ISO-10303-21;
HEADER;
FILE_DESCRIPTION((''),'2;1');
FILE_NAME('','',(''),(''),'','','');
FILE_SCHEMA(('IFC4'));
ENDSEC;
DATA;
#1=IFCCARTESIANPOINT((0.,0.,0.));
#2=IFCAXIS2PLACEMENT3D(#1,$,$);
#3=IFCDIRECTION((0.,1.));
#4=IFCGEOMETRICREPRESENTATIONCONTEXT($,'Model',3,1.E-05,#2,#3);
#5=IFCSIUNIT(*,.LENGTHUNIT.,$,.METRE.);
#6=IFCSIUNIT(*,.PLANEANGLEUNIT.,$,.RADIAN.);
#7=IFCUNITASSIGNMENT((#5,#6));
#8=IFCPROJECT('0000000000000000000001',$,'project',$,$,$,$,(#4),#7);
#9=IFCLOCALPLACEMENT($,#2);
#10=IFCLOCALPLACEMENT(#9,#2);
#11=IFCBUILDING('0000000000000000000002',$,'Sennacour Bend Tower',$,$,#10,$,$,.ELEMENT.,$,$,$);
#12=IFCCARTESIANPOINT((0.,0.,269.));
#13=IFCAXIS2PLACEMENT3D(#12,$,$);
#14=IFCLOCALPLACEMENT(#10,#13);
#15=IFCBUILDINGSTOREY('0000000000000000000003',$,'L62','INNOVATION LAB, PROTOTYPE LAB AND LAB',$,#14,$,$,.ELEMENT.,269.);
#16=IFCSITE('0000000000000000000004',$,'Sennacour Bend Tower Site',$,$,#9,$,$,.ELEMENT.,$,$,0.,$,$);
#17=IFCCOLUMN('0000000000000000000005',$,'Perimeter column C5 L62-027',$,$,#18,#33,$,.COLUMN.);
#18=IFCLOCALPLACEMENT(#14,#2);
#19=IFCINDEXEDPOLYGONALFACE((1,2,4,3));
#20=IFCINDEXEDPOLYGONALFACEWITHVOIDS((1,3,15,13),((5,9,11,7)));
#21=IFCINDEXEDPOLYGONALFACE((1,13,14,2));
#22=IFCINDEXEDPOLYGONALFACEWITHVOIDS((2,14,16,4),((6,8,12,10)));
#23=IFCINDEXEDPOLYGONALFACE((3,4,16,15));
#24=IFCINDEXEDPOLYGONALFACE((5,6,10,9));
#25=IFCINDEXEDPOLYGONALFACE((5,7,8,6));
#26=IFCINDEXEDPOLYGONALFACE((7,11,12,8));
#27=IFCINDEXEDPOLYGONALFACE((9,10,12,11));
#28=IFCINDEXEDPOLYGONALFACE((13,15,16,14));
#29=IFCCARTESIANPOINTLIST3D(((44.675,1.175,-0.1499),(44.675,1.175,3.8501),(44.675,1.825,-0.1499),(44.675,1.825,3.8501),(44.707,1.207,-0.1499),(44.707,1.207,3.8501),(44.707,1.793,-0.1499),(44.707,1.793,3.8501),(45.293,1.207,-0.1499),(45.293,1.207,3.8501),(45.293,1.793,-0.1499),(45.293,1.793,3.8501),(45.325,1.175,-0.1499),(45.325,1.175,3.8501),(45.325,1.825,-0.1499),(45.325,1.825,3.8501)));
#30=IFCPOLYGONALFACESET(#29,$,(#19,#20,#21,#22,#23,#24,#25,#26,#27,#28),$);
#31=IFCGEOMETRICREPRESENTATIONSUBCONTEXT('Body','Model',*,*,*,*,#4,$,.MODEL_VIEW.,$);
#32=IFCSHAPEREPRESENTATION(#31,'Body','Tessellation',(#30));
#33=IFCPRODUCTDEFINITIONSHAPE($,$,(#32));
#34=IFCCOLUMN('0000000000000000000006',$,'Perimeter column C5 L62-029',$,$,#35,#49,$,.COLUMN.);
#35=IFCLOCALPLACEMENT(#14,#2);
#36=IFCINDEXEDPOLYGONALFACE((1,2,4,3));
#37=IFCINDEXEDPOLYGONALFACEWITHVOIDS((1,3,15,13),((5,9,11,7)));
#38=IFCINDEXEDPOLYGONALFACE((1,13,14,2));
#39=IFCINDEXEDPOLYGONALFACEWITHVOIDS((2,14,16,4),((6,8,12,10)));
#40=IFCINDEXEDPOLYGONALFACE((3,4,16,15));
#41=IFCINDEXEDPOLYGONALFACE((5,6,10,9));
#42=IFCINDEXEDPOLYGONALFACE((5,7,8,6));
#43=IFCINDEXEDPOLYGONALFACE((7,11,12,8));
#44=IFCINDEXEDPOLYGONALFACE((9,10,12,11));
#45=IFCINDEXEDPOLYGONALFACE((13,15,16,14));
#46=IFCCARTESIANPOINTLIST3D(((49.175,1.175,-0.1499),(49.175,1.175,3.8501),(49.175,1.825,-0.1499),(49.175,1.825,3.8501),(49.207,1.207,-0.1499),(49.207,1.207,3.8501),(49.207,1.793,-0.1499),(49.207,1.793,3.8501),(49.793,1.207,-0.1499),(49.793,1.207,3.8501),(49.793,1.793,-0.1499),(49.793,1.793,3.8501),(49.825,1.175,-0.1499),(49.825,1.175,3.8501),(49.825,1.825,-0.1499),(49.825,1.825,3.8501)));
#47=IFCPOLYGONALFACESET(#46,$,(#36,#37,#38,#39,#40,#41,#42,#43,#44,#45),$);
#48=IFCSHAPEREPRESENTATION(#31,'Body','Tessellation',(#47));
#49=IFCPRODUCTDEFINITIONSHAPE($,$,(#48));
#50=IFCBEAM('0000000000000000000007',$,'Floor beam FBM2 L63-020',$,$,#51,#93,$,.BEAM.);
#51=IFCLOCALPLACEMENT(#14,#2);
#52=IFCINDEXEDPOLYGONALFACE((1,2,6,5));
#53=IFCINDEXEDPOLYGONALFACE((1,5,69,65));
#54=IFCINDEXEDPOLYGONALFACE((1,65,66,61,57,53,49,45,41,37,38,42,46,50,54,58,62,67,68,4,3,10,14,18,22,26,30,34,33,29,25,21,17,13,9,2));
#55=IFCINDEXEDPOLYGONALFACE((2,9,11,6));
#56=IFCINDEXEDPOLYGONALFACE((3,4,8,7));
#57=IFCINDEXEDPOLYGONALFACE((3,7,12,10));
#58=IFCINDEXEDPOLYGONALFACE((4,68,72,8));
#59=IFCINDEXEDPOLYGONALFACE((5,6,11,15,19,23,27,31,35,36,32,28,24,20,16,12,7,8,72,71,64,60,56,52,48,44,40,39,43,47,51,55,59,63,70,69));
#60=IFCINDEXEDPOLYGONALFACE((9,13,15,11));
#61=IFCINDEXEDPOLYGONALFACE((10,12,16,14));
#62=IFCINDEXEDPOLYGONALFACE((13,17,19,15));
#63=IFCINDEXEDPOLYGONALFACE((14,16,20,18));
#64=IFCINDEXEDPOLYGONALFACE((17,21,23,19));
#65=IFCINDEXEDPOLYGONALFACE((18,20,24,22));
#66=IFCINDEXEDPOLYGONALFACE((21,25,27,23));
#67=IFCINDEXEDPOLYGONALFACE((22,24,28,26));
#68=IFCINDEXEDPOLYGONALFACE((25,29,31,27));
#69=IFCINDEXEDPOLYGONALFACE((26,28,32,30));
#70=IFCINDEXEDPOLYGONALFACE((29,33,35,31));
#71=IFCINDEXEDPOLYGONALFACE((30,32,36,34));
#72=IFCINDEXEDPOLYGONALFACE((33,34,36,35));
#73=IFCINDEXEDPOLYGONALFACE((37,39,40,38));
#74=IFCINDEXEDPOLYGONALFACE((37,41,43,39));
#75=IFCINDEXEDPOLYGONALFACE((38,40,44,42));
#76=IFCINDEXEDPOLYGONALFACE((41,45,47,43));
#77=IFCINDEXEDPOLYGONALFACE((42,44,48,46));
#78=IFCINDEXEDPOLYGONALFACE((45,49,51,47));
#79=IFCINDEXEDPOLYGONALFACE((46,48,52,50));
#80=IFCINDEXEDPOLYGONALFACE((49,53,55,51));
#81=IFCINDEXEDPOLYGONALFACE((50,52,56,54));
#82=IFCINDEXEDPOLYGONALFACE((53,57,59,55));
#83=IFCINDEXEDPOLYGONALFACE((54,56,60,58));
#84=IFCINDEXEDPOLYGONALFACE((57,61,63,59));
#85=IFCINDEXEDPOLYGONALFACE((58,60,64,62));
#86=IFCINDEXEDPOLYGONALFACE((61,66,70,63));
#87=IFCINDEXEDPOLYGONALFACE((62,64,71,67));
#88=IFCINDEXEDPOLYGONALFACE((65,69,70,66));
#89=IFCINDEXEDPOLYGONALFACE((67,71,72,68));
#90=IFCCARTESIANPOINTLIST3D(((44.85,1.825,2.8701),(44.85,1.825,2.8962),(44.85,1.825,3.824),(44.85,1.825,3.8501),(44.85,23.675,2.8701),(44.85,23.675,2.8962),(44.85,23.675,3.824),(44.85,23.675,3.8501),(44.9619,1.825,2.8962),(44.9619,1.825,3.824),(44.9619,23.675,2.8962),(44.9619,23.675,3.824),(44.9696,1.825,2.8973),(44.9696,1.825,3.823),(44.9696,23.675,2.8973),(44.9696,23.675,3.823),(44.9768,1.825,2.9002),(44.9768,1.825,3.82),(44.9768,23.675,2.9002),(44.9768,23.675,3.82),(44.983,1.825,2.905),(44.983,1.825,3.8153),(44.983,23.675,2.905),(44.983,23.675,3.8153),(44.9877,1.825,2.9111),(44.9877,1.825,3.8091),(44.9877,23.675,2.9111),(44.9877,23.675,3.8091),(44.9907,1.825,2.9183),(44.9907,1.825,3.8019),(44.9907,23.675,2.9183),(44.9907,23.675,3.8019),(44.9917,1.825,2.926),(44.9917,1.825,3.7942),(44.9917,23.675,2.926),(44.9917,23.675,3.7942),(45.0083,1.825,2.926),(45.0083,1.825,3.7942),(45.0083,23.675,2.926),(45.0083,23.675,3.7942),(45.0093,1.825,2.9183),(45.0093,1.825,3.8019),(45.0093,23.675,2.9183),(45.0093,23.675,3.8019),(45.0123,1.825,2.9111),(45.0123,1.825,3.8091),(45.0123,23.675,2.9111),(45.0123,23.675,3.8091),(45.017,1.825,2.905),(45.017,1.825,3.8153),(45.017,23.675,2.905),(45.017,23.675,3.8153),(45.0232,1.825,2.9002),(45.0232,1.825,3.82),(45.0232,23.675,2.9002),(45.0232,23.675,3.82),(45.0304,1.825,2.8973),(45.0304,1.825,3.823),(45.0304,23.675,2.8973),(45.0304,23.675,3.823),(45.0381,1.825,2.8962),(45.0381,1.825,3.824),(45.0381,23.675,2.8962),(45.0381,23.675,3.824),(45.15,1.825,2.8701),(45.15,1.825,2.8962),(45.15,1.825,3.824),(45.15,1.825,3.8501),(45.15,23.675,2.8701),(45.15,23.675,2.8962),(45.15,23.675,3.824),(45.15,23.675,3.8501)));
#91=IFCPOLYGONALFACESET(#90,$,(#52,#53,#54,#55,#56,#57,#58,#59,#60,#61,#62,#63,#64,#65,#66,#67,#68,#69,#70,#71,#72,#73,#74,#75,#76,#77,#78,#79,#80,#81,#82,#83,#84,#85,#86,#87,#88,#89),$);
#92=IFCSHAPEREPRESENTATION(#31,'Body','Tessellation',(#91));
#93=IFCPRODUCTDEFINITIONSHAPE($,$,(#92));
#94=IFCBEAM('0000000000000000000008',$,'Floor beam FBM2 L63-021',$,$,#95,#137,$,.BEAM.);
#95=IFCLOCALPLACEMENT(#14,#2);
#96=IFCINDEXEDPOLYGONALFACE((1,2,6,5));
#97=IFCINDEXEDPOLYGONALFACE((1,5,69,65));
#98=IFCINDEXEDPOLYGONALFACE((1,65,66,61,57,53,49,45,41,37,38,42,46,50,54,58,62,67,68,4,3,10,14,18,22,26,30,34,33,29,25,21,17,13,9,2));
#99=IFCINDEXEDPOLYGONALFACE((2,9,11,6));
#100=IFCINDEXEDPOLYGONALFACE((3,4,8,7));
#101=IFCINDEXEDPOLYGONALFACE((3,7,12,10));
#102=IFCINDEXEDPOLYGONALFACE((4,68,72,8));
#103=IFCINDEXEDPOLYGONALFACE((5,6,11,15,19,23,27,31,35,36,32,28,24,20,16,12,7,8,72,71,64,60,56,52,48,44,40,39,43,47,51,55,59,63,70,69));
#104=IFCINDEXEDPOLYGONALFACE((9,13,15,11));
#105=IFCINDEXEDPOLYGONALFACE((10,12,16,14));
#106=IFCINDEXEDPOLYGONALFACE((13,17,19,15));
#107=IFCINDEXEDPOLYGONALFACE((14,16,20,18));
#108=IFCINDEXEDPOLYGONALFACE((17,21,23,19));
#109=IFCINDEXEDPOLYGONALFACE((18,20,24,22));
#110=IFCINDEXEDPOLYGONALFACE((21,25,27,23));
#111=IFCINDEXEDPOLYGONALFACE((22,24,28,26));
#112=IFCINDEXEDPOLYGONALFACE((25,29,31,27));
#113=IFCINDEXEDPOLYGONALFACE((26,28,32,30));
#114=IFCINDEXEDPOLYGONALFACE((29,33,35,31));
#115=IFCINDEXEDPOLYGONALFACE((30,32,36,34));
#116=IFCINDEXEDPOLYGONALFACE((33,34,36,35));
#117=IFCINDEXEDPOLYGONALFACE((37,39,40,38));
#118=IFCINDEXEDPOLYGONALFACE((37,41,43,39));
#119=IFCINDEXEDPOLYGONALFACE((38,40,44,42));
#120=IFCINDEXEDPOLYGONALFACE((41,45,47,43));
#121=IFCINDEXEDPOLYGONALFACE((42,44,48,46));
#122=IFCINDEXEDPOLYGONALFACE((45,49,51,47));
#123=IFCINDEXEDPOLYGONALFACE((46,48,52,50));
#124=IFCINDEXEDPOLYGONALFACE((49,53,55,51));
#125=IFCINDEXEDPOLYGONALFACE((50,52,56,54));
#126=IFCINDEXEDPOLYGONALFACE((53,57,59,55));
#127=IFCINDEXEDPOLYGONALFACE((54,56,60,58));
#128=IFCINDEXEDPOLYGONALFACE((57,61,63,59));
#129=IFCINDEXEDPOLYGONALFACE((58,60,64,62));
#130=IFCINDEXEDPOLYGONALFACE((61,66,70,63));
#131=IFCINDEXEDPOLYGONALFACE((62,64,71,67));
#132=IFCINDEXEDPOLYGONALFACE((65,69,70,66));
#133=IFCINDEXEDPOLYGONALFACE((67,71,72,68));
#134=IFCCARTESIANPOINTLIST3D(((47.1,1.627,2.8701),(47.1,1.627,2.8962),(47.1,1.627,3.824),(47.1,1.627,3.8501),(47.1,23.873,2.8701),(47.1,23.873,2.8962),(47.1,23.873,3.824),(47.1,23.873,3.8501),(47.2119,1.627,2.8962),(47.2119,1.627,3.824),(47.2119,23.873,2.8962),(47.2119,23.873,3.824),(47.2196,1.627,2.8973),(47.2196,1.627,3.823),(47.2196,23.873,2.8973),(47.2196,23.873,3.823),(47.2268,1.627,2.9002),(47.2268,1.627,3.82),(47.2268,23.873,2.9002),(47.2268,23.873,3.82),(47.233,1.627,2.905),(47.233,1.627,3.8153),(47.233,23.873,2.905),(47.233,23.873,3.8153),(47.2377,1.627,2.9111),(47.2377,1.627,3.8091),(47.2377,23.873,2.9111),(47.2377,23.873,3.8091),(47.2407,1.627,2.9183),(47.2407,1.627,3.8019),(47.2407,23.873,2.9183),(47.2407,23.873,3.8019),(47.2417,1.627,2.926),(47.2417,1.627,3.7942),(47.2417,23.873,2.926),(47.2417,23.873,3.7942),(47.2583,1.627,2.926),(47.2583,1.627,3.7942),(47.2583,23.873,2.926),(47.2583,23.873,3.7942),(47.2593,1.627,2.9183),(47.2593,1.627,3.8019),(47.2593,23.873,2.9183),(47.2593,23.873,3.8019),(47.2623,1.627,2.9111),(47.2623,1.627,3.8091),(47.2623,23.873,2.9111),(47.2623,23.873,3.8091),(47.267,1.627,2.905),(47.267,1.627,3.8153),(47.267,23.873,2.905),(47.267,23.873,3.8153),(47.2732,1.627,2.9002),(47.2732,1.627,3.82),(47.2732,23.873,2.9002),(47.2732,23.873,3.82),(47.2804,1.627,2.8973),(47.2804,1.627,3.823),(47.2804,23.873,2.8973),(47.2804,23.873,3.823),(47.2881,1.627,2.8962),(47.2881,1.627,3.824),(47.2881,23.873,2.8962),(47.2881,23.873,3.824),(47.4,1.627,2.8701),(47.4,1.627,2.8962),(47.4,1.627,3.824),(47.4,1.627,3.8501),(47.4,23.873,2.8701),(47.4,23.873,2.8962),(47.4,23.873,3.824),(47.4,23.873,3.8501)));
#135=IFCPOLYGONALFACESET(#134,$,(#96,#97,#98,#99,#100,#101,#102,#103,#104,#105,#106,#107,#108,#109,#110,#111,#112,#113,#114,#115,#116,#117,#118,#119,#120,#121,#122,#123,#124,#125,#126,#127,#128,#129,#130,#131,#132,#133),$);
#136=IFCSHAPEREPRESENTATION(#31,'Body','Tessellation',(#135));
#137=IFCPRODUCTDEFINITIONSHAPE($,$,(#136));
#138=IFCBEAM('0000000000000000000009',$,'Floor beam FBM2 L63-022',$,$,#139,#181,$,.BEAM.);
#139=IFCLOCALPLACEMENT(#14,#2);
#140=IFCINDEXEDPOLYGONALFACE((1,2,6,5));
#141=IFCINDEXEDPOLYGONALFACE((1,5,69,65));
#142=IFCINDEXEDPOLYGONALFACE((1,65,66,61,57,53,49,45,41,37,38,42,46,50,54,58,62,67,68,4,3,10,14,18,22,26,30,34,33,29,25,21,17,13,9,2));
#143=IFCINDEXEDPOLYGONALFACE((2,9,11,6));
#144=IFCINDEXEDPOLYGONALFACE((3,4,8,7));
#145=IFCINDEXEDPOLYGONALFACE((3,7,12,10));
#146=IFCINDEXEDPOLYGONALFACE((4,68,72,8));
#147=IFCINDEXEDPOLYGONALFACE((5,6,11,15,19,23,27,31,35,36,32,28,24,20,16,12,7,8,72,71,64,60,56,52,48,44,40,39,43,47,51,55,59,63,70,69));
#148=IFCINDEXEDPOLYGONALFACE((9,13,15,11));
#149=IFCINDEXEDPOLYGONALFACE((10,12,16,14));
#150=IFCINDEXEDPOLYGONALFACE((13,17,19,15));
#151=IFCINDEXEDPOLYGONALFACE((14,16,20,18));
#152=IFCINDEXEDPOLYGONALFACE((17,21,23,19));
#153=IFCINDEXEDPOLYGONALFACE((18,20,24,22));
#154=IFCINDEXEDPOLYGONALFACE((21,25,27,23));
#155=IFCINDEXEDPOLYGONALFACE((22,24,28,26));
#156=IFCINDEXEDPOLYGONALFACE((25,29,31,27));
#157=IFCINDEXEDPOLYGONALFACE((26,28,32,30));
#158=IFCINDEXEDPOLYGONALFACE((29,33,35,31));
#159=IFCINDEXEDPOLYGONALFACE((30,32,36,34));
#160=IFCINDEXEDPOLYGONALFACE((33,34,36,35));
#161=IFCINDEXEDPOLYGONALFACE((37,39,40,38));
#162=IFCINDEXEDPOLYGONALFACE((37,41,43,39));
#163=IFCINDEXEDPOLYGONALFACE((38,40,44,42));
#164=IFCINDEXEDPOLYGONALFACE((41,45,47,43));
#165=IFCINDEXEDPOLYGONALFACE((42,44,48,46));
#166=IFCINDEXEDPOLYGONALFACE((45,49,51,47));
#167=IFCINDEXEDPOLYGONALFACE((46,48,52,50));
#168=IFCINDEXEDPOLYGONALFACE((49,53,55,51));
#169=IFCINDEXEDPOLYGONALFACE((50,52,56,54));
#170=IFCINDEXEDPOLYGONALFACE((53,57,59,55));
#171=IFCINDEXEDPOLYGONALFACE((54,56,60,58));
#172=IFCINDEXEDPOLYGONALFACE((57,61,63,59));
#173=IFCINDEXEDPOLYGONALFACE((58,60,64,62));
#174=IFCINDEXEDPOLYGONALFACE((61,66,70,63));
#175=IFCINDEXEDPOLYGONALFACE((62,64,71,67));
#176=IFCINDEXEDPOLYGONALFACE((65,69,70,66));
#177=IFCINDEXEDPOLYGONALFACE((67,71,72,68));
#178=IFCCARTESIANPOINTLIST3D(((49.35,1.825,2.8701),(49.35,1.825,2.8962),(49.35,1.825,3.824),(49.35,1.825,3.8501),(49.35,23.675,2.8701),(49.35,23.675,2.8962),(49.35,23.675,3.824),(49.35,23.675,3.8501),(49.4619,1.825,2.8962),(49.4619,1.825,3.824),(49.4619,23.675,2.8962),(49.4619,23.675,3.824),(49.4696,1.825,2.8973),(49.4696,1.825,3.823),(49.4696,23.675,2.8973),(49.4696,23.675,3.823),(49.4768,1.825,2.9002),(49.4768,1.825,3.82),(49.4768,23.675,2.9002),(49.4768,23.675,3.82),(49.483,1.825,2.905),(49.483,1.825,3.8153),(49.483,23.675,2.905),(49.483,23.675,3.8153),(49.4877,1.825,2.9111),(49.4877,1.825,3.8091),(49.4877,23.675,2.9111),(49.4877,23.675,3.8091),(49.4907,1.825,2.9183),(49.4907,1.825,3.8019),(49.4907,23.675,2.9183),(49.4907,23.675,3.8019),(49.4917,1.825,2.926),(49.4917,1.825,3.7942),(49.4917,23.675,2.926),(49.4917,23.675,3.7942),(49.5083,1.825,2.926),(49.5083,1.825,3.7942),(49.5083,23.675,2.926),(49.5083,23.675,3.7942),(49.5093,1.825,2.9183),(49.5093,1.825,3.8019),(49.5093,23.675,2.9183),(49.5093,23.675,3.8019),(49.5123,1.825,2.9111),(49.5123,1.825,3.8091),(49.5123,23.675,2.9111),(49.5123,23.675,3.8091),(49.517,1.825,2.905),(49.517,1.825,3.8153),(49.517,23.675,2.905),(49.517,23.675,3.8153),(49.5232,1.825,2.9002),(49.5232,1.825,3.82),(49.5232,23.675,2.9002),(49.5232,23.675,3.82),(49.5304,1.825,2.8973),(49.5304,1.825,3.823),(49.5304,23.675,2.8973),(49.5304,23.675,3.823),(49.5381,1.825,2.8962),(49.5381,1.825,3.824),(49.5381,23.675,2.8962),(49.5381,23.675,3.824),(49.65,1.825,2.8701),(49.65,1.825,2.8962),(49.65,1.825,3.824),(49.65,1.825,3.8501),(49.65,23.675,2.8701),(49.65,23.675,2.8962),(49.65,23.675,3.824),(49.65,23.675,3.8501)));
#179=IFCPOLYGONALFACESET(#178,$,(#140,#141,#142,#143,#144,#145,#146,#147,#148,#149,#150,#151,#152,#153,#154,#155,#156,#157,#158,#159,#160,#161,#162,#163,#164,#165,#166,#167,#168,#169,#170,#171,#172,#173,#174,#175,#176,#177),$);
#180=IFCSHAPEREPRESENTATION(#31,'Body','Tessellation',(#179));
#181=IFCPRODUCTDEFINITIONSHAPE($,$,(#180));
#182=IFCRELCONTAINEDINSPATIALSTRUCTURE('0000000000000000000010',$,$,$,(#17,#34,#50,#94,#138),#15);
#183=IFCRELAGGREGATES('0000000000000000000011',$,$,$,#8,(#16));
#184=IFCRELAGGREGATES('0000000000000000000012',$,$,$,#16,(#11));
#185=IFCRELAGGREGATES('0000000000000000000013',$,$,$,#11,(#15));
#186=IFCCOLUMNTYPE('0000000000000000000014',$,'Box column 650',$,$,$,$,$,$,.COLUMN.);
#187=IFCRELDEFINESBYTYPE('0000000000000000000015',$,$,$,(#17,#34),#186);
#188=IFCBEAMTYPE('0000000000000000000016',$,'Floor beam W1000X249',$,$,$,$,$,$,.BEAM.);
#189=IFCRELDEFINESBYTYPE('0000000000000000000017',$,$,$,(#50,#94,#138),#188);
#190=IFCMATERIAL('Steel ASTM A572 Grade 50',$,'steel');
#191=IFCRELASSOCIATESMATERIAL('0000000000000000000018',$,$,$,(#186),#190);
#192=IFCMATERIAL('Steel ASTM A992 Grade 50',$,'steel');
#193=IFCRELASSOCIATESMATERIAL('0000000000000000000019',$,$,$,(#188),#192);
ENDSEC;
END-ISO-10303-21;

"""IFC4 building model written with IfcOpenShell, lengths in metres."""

from ifc_helpers import new_model, si_unit, direction, frame, origin, origin_2d, place, context, subcontext, project, spatial, hollow_rectangle, i_section, extrude, material, material_profile, profile_set, type_object, element, save


model = new_model("IFC4")

# Units and contexts
model_context = context("Model", 3, precision=1e-05, world=origin(), true_north=direction((0.0, 1.0)))
body_context = subcontext(model_context, "Body", "Model", "MODEL_VIEW")
ifc_project = project(units=[si_unit("LENGTHUNIT", "METRE"), si_unit("PLANEANGLEUNIT", "RADIAN")], contexts=[model_context])

# Site, building, storey
site_placement = place(None, origin())
site = spatial("IfcSite", under=ifc_project, at=site_placement, Name="Sennacour Bend Tower Site", CompositionType="ELEMENT", RefElevation=0.0)
building_placement = place(site_placement, origin())
building = spatial("IfcBuilding", under=site, at=building_placement, Name="Sennacour Bend Tower", CompositionType="ELEMENT")
storey_placement = place(building_placement, frame((0.0, 0.0, 269.0)))
storey = spatial("IfcBuildingStorey", under=building, at=storey_placement, Name="L62", Description="INNOVATION LAB, PROTOTYPE LAB AND LAB", CompositionType="ELEMENT", Elevation=269.0)

# Columns
ifc_material_1 = material(Name="Steel ASTM A572 Grade 50", Category="steel")
ifc_material_profile_1 = material_profile(ifc_material_1, hollow_rectangle(XDim=0.6499, YDim=0.6499, WallThickness=0.032, at=origin_2d()), Name="Steel ASTM A572 Grade 50", Category="steel")
ifc_profile_set_1 = profile_set([ifc_material_profile_1], Name="Steel ASTM A572 Grade 50")
column_type = type_object("IfcColumnType", Name="Box column 650", PredefinedType="COLUMN", material=ifc_profile_set_1)
for number, where, z_axis, x_axis, name in (
    (1, (45.0, 1.5, -0.1499), (0.0, 0.0, 1.0), (1.0, 0.0, 0.0), "Perimeter column C5 L62-027"),
    (2, (49.5, 1.5, -0.1499), (0.0, 0.0, 1.0), (1.0, 0.0, 0.0), "Perimeter column C5 L62-029"),
):
    element("IfcColumn", number, at=place(storey_placement, frame(where, z_axis=z_axis, x_axis=x_axis)), inside=storey, type_object=column_type, Name=name, PredefinedType="COLUMN", context=body_context, shape_type="SweptSolid", body=[
        extrude(hollow_rectangle(XDim=0.6499, YDim=0.6499, WallThickness=0.032, at=origin_2d()), origin(), (0.0, 0.0, 1.0), 4.0),
    ])

# Beams
ifc_material_2 = material(Name="Steel ASTM A992 Grade 50", Category="steel")
ifc_material_profile_2 = material_profile(ifc_material_2, i_section(OverallWidth=0.3, OverallDepth=0.98, WebThickness=0.0166, FlangeThickness=0.0261, FilletRadius=0.0298, at=origin_2d()), Name="Steel ASTM A992 Grade 50", Category="steel")
ifc_profile_set_2 = profile_set([ifc_material_profile_2], Name="Steel ASTM A992 Grade 50")
beam_type_1 = type_object("IfcBeamType", Name="Floor beam W1000X249", PredefinedType="BEAM", material=ifc_profile_set_2)
beam_1_placement = place(storey_placement, frame((45.0, 1.825, 3.3601), z_axis=(0.0, 1.0, 0.0), x_axis=(-1.0, 0.0, 0.0)))
element("IfcBeam", 3, at=beam_1_placement, inside=storey, type_object=beam_type_1, Name="Floor beam FBM2 L63-020", PredefinedType="BEAM", context=body_context, shape_type="SweptSolid", body=[
    extrude(i_section(OverallWidth=0.3, OverallDepth=0.98, WebThickness=0.0166, FlangeThickness=0.0261, FilletRadius=0.0298, at=origin_2d()), origin(), (0.0, 0.0, 1.0), 21.8501),
])
beam_2_placement = place(storey_placement, frame((47.25, 1.627, 3.3601), z_axis=(0.0, 1.0, 0.0), x_axis=(-1.0, 0.0, 0.0)))
element("IfcBeam", 4, at=beam_2_placement, inside=storey, type_object=beam_type_1, Name="Floor beam FBM2 L63-021", PredefinedType="BEAM", context=body_context, shape_type="SweptSolid", body=[
    extrude(i_section(OverallWidth=0.3, OverallDepth=0.98, WebThickness=0.0166, FlangeThickness=0.0261, FilletRadius=0.0298, at=origin_2d()), origin(), (0.0, 0.0, 1.0), 22.2461),
])
beam_3_placement = place(storey_placement, frame((49.5, 1.825, 3.3601), z_axis=(0.0, 1.0, 0.0), x_axis=(-1.0, 0.0, 0.0)))
element("IfcBeam", 5, at=beam_3_placement, inside=storey, type_object=beam_type_1, Name="Floor beam FBM2 L63-022", PredefinedType="BEAM", context=body_context, shape_type="SweptSolid", body=[
    extrude(i_section(OverallWidth=0.3, OverallDepth=0.98, WebThickness=0.0166, FlangeThickness=0.0261, FilletRadius=0.0298, at=origin_2d()), origin(), (0.0, 0.0, 1.0), 21.8501),
])

save(model, "model.ifc")
